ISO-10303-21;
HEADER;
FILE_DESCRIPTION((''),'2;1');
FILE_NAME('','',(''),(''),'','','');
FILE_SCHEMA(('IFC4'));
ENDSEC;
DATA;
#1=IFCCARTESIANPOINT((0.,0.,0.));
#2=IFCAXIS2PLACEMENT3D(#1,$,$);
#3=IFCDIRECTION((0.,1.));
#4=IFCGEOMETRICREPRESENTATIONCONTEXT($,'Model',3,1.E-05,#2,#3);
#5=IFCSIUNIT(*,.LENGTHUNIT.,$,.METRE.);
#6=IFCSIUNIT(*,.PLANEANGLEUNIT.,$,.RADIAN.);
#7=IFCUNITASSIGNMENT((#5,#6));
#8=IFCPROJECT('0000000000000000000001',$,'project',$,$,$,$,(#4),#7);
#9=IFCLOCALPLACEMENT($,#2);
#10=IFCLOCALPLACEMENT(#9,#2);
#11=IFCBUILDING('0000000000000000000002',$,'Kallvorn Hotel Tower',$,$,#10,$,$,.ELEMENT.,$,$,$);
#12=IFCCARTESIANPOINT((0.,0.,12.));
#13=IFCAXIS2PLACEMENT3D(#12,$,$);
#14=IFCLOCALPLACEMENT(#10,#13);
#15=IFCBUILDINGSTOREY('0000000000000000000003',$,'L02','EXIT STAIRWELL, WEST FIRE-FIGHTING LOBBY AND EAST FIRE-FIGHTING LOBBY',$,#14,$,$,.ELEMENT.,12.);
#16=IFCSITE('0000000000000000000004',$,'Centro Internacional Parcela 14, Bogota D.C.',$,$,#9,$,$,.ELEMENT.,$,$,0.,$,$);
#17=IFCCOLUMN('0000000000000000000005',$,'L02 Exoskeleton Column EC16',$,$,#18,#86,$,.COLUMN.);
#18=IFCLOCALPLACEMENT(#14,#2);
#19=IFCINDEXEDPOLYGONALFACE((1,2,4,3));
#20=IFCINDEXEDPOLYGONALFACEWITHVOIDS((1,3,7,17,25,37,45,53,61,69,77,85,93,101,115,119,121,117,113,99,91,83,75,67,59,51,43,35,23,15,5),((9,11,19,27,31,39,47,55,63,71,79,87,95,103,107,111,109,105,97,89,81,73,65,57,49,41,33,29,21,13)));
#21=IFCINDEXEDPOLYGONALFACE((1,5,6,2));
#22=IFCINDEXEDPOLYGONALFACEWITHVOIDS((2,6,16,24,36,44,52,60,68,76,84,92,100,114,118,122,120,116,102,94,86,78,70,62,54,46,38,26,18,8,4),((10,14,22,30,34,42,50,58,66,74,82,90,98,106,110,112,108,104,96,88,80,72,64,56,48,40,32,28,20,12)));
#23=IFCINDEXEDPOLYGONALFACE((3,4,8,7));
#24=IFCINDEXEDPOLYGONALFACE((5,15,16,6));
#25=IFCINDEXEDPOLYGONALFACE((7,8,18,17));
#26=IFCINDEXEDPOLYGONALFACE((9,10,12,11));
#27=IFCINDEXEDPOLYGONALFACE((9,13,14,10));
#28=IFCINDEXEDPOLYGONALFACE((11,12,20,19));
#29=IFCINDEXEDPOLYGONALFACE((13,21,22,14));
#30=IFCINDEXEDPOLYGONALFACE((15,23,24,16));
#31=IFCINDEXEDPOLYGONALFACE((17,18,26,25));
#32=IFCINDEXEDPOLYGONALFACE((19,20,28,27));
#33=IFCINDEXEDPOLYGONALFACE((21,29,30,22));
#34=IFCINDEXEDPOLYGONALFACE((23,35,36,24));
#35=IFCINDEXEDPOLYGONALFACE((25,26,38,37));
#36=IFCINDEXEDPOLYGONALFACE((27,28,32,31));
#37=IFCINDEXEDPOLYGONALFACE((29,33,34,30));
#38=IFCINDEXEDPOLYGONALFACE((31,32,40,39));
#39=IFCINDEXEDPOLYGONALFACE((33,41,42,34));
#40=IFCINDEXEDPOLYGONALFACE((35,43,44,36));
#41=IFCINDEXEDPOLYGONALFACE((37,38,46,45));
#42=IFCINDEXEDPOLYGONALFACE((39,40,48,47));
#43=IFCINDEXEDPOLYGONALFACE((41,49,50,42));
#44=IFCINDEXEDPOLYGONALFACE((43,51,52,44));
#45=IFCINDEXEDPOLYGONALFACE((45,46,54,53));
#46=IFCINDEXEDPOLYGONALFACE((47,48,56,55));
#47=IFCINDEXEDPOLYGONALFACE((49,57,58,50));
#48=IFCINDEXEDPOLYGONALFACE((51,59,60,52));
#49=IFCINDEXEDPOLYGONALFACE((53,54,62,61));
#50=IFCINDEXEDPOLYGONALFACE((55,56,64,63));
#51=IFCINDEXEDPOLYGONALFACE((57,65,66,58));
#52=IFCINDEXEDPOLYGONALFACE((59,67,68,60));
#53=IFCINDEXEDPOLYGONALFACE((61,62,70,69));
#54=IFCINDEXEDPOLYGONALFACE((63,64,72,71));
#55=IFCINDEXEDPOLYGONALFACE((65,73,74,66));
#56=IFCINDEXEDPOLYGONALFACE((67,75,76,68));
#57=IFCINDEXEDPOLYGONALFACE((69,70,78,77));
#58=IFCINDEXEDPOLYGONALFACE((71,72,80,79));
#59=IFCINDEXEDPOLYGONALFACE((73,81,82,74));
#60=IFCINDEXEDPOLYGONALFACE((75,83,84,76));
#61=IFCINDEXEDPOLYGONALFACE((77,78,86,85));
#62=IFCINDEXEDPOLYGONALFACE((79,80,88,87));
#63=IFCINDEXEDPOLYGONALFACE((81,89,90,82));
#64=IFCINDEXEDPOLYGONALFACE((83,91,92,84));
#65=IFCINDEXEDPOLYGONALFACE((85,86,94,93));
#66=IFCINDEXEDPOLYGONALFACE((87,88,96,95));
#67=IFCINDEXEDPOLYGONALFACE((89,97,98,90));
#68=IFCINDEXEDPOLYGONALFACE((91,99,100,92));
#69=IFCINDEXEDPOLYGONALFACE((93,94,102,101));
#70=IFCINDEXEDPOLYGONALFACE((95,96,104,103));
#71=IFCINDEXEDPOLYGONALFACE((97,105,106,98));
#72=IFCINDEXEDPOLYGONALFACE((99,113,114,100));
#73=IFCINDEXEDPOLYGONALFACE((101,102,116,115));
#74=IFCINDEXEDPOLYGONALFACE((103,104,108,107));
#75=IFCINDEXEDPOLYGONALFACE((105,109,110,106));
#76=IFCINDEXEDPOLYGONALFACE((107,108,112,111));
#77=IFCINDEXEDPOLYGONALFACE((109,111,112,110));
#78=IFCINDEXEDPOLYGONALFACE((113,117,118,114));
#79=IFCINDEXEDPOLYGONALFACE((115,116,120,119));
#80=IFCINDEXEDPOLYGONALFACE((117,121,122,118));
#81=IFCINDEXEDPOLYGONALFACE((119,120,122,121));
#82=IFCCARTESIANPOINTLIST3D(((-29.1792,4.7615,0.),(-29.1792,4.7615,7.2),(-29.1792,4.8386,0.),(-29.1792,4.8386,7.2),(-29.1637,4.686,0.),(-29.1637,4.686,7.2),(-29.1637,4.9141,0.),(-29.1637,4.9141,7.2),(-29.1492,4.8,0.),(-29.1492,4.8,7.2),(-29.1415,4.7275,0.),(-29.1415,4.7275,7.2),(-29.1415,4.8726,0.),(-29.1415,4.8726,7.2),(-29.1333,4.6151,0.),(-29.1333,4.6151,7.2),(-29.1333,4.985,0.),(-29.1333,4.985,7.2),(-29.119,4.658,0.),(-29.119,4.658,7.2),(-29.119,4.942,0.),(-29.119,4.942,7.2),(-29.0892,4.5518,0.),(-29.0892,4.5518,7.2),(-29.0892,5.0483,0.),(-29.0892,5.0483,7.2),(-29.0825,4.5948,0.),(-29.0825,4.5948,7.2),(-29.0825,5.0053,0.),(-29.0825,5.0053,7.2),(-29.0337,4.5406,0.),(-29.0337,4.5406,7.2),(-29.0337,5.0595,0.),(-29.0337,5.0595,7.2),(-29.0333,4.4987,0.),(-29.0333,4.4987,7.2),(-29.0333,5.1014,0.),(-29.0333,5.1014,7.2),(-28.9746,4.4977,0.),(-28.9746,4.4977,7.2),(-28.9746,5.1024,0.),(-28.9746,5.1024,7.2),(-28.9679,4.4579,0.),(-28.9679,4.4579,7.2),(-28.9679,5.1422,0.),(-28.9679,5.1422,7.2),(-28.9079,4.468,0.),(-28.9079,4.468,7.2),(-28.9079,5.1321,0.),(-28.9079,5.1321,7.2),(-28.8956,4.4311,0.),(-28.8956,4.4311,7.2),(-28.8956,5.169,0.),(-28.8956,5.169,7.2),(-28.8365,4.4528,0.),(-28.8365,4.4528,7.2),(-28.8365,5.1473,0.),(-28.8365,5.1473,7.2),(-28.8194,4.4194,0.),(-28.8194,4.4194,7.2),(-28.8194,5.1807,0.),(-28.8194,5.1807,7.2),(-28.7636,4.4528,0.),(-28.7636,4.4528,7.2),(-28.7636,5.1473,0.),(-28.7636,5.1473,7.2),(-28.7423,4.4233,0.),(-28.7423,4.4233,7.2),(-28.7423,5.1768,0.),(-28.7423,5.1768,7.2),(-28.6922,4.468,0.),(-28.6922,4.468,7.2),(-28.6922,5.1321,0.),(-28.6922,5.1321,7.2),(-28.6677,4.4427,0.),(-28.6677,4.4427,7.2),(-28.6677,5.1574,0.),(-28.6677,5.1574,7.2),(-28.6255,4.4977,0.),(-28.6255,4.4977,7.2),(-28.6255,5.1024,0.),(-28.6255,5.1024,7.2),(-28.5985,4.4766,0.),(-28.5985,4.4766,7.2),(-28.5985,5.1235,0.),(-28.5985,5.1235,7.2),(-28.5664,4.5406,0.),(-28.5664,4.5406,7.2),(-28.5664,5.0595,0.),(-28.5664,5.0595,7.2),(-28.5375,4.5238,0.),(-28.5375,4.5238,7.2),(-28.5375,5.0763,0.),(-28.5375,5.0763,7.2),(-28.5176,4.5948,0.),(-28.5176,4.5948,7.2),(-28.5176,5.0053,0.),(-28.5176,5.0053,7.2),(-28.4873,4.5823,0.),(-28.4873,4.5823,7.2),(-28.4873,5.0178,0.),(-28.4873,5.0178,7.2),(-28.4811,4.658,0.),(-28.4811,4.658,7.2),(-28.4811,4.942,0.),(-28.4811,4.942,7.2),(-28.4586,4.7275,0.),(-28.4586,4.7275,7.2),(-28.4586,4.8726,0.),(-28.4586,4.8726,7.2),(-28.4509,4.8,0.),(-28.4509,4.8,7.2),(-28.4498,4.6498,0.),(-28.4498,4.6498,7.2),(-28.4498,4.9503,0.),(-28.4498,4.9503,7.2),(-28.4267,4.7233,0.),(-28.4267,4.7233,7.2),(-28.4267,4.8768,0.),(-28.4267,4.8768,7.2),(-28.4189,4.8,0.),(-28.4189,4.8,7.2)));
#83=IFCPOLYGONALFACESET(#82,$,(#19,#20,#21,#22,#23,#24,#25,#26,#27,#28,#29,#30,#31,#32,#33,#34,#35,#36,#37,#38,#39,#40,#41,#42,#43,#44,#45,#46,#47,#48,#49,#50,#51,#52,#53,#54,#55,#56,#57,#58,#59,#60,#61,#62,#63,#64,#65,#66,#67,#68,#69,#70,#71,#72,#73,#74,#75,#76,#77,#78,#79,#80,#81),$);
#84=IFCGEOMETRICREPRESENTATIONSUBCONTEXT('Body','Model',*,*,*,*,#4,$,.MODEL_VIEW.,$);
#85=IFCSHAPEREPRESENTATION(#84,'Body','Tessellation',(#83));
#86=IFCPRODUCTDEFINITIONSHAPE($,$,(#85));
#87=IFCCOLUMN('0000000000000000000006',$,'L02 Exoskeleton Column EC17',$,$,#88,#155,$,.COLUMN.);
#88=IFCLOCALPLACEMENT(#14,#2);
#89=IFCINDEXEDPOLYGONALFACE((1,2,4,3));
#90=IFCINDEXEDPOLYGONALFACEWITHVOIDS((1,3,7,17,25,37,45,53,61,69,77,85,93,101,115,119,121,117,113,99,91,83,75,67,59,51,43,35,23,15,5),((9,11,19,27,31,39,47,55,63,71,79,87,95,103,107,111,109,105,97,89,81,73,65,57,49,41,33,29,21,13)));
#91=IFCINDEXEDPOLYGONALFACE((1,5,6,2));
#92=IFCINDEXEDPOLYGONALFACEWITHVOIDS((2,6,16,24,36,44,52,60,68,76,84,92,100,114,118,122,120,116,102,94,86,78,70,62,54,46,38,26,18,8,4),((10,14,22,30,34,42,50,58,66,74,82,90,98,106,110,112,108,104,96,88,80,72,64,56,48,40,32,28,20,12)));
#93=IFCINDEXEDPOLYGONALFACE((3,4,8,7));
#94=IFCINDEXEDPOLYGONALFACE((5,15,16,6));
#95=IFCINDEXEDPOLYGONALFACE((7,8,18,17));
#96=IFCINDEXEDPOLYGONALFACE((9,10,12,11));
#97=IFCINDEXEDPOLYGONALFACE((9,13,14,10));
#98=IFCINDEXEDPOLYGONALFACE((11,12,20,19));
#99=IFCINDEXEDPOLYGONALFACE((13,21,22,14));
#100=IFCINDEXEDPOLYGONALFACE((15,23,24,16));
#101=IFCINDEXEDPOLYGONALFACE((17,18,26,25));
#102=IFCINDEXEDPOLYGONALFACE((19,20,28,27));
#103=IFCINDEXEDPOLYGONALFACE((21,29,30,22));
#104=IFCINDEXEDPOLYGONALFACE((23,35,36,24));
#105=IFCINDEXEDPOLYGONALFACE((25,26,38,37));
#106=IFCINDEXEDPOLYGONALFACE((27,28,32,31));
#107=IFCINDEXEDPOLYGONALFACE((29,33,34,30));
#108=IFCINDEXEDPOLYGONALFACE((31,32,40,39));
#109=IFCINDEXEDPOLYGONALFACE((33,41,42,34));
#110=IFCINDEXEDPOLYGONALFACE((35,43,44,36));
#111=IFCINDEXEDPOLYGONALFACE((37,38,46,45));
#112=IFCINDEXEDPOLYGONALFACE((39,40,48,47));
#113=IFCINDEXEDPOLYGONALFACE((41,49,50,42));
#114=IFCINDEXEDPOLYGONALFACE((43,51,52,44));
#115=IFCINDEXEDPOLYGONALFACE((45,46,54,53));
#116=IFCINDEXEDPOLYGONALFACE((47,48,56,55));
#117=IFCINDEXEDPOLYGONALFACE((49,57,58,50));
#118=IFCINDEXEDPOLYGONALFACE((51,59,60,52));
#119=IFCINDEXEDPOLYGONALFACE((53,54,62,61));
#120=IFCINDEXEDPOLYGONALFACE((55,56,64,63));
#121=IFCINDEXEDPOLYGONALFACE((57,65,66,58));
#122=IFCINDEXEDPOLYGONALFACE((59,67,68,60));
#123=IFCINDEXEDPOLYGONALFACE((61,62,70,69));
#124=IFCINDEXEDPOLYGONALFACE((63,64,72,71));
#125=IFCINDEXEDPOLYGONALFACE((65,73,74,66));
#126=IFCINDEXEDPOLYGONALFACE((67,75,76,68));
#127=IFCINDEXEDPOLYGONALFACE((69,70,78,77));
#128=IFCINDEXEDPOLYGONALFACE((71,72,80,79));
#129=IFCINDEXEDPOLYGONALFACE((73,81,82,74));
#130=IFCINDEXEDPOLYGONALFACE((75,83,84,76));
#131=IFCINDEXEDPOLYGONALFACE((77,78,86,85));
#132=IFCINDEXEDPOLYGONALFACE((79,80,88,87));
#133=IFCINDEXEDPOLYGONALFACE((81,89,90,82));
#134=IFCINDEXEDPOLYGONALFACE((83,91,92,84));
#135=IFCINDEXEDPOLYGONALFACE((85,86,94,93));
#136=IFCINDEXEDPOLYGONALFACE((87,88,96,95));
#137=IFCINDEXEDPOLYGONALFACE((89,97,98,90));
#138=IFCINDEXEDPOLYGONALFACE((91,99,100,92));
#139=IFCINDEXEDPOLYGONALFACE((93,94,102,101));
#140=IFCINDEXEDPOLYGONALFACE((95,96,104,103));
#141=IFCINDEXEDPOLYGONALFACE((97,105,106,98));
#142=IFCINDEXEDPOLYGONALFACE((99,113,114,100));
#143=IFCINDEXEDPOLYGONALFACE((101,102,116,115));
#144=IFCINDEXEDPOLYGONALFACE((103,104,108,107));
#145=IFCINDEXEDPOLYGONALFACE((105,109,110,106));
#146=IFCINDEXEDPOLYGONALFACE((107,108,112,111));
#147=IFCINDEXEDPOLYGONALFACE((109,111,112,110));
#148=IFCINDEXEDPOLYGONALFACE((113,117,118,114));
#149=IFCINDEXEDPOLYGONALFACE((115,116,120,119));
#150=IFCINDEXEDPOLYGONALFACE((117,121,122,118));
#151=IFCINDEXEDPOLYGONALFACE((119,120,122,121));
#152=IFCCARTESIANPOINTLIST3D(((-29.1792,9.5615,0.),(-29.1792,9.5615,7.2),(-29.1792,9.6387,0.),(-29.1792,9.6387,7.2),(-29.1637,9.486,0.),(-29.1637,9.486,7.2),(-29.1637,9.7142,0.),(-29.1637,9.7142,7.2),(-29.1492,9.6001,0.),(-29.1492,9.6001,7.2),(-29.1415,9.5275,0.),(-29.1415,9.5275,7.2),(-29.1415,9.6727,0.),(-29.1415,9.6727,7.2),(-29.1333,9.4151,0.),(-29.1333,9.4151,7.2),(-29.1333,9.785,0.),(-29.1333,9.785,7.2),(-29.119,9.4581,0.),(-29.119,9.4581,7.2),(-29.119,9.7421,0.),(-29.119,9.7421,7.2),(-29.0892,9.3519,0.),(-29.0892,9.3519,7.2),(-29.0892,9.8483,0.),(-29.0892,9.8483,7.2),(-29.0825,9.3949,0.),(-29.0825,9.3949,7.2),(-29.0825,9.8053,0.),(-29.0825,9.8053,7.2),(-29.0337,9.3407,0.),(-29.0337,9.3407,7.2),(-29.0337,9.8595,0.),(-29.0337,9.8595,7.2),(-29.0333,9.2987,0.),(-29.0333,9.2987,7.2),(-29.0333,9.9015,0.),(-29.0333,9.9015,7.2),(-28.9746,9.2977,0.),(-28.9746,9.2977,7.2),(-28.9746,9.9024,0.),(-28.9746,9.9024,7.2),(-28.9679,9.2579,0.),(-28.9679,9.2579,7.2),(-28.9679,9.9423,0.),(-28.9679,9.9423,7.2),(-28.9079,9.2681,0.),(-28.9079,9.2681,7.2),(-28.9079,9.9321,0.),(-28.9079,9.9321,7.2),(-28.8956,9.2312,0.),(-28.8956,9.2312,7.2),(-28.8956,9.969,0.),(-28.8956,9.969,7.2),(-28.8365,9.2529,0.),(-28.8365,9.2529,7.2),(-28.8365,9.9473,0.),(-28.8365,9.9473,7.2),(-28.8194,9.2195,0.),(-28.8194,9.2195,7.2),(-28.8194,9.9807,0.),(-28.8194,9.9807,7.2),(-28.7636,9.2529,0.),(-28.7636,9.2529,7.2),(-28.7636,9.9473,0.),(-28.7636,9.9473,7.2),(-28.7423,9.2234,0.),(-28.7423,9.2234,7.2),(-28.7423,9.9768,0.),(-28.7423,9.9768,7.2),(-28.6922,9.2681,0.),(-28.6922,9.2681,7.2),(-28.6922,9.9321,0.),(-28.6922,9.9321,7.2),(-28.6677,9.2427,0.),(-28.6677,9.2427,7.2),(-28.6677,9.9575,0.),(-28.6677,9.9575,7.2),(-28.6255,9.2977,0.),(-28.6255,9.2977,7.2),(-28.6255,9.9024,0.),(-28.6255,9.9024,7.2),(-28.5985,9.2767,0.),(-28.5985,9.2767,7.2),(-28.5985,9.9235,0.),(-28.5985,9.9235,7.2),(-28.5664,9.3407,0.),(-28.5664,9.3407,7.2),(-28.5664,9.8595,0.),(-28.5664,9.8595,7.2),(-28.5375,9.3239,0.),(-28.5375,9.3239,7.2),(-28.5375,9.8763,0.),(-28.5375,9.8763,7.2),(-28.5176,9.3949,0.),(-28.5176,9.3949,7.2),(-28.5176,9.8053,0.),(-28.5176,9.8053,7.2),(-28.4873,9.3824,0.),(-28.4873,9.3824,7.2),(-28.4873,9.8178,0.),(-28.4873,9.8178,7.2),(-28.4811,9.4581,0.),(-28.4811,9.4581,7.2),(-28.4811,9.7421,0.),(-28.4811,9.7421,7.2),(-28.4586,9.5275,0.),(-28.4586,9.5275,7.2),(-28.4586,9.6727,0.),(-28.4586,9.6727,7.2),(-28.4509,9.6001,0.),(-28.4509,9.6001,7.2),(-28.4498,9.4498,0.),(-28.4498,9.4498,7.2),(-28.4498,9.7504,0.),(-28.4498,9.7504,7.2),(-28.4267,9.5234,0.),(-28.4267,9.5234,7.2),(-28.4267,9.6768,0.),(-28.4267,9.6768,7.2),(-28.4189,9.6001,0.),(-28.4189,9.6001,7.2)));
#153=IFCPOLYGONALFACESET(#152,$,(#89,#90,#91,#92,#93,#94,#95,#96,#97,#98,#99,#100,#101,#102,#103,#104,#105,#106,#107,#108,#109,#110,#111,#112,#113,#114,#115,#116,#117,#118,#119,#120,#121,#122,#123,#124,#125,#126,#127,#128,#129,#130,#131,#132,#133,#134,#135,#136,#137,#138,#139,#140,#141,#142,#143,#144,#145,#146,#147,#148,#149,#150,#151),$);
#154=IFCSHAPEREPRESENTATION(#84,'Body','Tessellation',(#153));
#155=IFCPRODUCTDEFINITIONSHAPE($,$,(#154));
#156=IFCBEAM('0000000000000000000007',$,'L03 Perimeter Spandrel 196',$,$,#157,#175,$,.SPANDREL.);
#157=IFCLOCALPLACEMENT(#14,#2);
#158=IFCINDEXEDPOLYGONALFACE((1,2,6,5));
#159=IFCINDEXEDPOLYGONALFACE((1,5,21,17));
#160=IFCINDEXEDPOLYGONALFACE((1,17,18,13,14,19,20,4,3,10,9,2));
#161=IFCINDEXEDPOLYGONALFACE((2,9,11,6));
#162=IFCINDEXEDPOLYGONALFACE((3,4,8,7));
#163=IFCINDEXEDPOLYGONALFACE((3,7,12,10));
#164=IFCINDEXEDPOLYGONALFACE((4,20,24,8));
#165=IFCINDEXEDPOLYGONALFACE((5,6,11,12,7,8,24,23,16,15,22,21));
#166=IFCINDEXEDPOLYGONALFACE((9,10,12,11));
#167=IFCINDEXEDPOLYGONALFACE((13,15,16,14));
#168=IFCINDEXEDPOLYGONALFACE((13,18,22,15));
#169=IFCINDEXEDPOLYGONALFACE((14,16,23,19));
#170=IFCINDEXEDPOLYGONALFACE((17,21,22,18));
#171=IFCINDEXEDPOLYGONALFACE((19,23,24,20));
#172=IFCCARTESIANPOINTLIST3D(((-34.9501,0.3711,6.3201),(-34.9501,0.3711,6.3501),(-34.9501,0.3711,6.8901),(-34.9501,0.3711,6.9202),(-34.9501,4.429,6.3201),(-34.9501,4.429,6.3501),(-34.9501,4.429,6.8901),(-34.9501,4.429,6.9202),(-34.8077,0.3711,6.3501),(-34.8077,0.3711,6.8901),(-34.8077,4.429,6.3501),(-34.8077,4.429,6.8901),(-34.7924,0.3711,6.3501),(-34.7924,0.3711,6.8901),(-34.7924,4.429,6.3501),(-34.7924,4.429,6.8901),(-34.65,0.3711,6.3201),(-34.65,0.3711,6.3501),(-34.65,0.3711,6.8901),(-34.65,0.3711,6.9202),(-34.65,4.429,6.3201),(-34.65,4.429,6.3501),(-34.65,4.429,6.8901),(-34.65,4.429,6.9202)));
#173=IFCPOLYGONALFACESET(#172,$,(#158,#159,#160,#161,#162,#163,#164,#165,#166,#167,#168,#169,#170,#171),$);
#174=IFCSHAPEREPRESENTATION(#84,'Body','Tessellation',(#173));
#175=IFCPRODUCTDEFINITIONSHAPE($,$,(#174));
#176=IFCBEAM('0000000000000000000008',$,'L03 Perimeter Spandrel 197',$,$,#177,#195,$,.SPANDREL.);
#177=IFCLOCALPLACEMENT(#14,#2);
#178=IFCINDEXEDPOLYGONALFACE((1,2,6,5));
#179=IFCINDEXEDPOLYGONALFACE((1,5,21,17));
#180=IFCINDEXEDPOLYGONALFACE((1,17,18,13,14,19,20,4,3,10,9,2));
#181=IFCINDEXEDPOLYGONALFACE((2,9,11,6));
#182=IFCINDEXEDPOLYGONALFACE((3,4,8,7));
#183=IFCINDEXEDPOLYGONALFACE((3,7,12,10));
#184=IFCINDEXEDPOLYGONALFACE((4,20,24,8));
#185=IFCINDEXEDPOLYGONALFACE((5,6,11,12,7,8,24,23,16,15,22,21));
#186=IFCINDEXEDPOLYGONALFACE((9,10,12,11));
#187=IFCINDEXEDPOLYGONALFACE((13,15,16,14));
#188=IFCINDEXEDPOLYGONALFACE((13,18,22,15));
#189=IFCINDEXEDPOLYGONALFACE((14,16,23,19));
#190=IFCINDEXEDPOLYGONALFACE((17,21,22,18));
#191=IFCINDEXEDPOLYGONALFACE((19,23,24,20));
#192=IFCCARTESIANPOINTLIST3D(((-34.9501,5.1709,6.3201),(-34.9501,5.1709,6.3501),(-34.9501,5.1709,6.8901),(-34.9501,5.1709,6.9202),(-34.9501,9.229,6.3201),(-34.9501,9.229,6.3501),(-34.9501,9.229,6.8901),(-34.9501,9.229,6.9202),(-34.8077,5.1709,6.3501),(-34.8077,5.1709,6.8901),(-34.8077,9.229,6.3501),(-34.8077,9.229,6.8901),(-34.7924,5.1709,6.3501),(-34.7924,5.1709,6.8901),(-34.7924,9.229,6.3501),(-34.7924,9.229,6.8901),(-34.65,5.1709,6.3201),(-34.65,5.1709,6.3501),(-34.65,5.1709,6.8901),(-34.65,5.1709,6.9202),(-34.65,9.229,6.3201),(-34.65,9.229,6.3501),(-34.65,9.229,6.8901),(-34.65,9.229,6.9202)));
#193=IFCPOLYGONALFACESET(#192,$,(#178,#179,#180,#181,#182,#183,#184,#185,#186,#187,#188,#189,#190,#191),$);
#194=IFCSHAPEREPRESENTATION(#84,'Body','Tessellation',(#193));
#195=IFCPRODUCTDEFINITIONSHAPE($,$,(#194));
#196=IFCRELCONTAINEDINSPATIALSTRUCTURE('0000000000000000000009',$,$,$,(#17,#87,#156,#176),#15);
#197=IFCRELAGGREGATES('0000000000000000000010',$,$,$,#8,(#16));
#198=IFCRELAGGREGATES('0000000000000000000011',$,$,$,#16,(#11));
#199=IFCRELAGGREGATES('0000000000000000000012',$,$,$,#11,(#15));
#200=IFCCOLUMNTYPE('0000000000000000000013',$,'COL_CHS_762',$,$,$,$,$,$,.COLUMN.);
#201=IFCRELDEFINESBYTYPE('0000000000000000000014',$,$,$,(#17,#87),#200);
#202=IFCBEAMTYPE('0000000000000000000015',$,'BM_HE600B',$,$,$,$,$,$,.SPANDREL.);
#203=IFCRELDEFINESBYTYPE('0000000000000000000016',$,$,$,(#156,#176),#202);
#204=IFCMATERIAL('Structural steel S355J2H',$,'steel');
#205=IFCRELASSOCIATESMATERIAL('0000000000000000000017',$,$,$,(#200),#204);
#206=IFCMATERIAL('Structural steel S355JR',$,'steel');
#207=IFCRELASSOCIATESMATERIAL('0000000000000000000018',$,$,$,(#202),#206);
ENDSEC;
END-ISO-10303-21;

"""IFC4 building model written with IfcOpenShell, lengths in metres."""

from ifc_helpers import new_model, si_unit, direction, frame, origin, origin_2d, place, context, subcontext, project, spatial, hollow_circle, i_section, extrude, material, material_profile, profile_set, type_object, element, save


model = new_model("IFC4")

# Units and contexts
model_context = context("Model", 3, precision=1e-05, world=origin(), true_north=direction((0.0, 1.0)))
body_context = subcontext(model_context, "Body", "Model", "MODEL_VIEW")
ifc_project = project(units=[si_unit("LENGTHUNIT", "METRE"), si_unit("PLANEANGLEUNIT", "RADIAN")], contexts=[model_context])

# Site, building, storey
site_placement = place(None, origin())
site = spatial("IfcSite", under=ifc_project, at=site_placement, Name="Centro Internacional Parcela 14, Bogota D.C.", CompositionType="ELEMENT", RefElevation=0.0)
building_placement = place(site_placement, origin())
building = spatial("IfcBuilding", under=site, at=building_placement, Name="Kallvorn Hotel Tower", CompositionType="ELEMENT")
storey_placement = place(building_placement, frame((0.0, 0.0, 12.0)))
storey = spatial("IfcBuildingStorey", under=building, at=storey_placement, Name="L02", Description="EXIT STAIRWELL, WEST FIRE-FIGHTING LOBBY AND EAST FIRE-FIGHTING LOBBY", CompositionType="ELEMENT", Elevation=12.0)

# Columns
ifc_material_1 = material(Name="Structural steel S355J2H", Category="steel")
ifc_material_profile_1 = material_profile(ifc_material_1, hollow_circle(Radius=0.3811, WallThickness=0.032, at=origin_2d()), Name="CHS 762x32")
ifc_profile_set_1 = profile_set([ifc_material_profile_1], Name="Structural steel S355J2H")
column_type = type_object("IfcColumnType", Name="COL_CHS_762", PredefinedType="COLUMN", material=ifc_profile_set_1)
for number, where, z_axis, x_axis, name in (
    (1, (-28.8, 4.8, 0.0), (0.0, 0.0, 1.0), (1.0, 0.0, 0.0), "L02 Exoskeleton Column EC16"),
    (2, (-28.8, 9.6001, 0.0), (0.0, 0.0, 1.0), (1.0, 0.0, 0.0), "L02 Exoskeleton Column EC17"),
):
    element("IfcColumn", number, at=place(storey_placement, frame(where, z_axis=z_axis, x_axis=x_axis)), inside=storey, type_object=column_type, Name=name, PredefinedType="COLUMN", context=body_context, shape_type="SweptSolid", body=[
        extrude(hollow_circle(Radius=0.3811, WallThickness=0.032, at=origin_2d()), origin(), (0.0, 0.0, 1.0), 7.2),
    ])

# Beams
ifc_material_2 = material(Name="Structural steel S355JR", Category="steel")
ifc_material_profile_2 = material_profile(ifc_material_2, i_section(OverallWidth=0.3, OverallDepth=0.6001, WebThickness=0.0154, FlangeThickness=0.03, at=origin_2d()), Name="HE 600 B")
ifc_profile_set_2 = profile_set([ifc_material_profile_2], Name="Structural steel S355JR")
beam_type_1 = type_object("IfcBeamType", Name="BM_HE600B", PredefinedType="SPANDREL", material=ifc_profile_set_2)
beam_1_placement = place(storey_placement, frame((-34.8, 0.3711, 6.6201), z_axis=(0.0, 1.0, 0.0), x_axis=(-1.0, 0.0, 0.0)))
element("IfcBeam", 3, at=beam_1_placement, inside=storey, type_object=beam_type_1, Name="L03 Perimeter Spandrel 196", PredefinedType="SPANDREL", context=body_context, shape_type="SweptSolid", body=[
    extrude(i_section(OverallWidth=0.3, OverallDepth=0.6001, WebThickness=0.0154, FlangeThickness=0.03, at=origin_2d()), origin(), (0.0, 0.0, 1.0), 4.0579),
])
beam_2_placement = place(storey_placement, frame((-34.8, 5.1709, 6.6201), z_axis=(0.0, 1.0, 0.0), x_axis=(-1.0, 0.0, 0.0)))
element("IfcBeam", 4, at=beam_2_placement, inside=storey, type_object=beam_type_1, Name="L03 Perimeter Spandrel 197", PredefinedType="SPANDREL", context=body_context, shape_type="SweptSolid", body=[
    extrude(i_section(OverallWidth=0.3, OverallDepth=0.6001, WebThickness=0.0154, FlangeThickness=0.03, at=origin_2d()), origin(), (0.0, 0.0, 1.0), 4.0581),
])

save(model, "model.ifc")
